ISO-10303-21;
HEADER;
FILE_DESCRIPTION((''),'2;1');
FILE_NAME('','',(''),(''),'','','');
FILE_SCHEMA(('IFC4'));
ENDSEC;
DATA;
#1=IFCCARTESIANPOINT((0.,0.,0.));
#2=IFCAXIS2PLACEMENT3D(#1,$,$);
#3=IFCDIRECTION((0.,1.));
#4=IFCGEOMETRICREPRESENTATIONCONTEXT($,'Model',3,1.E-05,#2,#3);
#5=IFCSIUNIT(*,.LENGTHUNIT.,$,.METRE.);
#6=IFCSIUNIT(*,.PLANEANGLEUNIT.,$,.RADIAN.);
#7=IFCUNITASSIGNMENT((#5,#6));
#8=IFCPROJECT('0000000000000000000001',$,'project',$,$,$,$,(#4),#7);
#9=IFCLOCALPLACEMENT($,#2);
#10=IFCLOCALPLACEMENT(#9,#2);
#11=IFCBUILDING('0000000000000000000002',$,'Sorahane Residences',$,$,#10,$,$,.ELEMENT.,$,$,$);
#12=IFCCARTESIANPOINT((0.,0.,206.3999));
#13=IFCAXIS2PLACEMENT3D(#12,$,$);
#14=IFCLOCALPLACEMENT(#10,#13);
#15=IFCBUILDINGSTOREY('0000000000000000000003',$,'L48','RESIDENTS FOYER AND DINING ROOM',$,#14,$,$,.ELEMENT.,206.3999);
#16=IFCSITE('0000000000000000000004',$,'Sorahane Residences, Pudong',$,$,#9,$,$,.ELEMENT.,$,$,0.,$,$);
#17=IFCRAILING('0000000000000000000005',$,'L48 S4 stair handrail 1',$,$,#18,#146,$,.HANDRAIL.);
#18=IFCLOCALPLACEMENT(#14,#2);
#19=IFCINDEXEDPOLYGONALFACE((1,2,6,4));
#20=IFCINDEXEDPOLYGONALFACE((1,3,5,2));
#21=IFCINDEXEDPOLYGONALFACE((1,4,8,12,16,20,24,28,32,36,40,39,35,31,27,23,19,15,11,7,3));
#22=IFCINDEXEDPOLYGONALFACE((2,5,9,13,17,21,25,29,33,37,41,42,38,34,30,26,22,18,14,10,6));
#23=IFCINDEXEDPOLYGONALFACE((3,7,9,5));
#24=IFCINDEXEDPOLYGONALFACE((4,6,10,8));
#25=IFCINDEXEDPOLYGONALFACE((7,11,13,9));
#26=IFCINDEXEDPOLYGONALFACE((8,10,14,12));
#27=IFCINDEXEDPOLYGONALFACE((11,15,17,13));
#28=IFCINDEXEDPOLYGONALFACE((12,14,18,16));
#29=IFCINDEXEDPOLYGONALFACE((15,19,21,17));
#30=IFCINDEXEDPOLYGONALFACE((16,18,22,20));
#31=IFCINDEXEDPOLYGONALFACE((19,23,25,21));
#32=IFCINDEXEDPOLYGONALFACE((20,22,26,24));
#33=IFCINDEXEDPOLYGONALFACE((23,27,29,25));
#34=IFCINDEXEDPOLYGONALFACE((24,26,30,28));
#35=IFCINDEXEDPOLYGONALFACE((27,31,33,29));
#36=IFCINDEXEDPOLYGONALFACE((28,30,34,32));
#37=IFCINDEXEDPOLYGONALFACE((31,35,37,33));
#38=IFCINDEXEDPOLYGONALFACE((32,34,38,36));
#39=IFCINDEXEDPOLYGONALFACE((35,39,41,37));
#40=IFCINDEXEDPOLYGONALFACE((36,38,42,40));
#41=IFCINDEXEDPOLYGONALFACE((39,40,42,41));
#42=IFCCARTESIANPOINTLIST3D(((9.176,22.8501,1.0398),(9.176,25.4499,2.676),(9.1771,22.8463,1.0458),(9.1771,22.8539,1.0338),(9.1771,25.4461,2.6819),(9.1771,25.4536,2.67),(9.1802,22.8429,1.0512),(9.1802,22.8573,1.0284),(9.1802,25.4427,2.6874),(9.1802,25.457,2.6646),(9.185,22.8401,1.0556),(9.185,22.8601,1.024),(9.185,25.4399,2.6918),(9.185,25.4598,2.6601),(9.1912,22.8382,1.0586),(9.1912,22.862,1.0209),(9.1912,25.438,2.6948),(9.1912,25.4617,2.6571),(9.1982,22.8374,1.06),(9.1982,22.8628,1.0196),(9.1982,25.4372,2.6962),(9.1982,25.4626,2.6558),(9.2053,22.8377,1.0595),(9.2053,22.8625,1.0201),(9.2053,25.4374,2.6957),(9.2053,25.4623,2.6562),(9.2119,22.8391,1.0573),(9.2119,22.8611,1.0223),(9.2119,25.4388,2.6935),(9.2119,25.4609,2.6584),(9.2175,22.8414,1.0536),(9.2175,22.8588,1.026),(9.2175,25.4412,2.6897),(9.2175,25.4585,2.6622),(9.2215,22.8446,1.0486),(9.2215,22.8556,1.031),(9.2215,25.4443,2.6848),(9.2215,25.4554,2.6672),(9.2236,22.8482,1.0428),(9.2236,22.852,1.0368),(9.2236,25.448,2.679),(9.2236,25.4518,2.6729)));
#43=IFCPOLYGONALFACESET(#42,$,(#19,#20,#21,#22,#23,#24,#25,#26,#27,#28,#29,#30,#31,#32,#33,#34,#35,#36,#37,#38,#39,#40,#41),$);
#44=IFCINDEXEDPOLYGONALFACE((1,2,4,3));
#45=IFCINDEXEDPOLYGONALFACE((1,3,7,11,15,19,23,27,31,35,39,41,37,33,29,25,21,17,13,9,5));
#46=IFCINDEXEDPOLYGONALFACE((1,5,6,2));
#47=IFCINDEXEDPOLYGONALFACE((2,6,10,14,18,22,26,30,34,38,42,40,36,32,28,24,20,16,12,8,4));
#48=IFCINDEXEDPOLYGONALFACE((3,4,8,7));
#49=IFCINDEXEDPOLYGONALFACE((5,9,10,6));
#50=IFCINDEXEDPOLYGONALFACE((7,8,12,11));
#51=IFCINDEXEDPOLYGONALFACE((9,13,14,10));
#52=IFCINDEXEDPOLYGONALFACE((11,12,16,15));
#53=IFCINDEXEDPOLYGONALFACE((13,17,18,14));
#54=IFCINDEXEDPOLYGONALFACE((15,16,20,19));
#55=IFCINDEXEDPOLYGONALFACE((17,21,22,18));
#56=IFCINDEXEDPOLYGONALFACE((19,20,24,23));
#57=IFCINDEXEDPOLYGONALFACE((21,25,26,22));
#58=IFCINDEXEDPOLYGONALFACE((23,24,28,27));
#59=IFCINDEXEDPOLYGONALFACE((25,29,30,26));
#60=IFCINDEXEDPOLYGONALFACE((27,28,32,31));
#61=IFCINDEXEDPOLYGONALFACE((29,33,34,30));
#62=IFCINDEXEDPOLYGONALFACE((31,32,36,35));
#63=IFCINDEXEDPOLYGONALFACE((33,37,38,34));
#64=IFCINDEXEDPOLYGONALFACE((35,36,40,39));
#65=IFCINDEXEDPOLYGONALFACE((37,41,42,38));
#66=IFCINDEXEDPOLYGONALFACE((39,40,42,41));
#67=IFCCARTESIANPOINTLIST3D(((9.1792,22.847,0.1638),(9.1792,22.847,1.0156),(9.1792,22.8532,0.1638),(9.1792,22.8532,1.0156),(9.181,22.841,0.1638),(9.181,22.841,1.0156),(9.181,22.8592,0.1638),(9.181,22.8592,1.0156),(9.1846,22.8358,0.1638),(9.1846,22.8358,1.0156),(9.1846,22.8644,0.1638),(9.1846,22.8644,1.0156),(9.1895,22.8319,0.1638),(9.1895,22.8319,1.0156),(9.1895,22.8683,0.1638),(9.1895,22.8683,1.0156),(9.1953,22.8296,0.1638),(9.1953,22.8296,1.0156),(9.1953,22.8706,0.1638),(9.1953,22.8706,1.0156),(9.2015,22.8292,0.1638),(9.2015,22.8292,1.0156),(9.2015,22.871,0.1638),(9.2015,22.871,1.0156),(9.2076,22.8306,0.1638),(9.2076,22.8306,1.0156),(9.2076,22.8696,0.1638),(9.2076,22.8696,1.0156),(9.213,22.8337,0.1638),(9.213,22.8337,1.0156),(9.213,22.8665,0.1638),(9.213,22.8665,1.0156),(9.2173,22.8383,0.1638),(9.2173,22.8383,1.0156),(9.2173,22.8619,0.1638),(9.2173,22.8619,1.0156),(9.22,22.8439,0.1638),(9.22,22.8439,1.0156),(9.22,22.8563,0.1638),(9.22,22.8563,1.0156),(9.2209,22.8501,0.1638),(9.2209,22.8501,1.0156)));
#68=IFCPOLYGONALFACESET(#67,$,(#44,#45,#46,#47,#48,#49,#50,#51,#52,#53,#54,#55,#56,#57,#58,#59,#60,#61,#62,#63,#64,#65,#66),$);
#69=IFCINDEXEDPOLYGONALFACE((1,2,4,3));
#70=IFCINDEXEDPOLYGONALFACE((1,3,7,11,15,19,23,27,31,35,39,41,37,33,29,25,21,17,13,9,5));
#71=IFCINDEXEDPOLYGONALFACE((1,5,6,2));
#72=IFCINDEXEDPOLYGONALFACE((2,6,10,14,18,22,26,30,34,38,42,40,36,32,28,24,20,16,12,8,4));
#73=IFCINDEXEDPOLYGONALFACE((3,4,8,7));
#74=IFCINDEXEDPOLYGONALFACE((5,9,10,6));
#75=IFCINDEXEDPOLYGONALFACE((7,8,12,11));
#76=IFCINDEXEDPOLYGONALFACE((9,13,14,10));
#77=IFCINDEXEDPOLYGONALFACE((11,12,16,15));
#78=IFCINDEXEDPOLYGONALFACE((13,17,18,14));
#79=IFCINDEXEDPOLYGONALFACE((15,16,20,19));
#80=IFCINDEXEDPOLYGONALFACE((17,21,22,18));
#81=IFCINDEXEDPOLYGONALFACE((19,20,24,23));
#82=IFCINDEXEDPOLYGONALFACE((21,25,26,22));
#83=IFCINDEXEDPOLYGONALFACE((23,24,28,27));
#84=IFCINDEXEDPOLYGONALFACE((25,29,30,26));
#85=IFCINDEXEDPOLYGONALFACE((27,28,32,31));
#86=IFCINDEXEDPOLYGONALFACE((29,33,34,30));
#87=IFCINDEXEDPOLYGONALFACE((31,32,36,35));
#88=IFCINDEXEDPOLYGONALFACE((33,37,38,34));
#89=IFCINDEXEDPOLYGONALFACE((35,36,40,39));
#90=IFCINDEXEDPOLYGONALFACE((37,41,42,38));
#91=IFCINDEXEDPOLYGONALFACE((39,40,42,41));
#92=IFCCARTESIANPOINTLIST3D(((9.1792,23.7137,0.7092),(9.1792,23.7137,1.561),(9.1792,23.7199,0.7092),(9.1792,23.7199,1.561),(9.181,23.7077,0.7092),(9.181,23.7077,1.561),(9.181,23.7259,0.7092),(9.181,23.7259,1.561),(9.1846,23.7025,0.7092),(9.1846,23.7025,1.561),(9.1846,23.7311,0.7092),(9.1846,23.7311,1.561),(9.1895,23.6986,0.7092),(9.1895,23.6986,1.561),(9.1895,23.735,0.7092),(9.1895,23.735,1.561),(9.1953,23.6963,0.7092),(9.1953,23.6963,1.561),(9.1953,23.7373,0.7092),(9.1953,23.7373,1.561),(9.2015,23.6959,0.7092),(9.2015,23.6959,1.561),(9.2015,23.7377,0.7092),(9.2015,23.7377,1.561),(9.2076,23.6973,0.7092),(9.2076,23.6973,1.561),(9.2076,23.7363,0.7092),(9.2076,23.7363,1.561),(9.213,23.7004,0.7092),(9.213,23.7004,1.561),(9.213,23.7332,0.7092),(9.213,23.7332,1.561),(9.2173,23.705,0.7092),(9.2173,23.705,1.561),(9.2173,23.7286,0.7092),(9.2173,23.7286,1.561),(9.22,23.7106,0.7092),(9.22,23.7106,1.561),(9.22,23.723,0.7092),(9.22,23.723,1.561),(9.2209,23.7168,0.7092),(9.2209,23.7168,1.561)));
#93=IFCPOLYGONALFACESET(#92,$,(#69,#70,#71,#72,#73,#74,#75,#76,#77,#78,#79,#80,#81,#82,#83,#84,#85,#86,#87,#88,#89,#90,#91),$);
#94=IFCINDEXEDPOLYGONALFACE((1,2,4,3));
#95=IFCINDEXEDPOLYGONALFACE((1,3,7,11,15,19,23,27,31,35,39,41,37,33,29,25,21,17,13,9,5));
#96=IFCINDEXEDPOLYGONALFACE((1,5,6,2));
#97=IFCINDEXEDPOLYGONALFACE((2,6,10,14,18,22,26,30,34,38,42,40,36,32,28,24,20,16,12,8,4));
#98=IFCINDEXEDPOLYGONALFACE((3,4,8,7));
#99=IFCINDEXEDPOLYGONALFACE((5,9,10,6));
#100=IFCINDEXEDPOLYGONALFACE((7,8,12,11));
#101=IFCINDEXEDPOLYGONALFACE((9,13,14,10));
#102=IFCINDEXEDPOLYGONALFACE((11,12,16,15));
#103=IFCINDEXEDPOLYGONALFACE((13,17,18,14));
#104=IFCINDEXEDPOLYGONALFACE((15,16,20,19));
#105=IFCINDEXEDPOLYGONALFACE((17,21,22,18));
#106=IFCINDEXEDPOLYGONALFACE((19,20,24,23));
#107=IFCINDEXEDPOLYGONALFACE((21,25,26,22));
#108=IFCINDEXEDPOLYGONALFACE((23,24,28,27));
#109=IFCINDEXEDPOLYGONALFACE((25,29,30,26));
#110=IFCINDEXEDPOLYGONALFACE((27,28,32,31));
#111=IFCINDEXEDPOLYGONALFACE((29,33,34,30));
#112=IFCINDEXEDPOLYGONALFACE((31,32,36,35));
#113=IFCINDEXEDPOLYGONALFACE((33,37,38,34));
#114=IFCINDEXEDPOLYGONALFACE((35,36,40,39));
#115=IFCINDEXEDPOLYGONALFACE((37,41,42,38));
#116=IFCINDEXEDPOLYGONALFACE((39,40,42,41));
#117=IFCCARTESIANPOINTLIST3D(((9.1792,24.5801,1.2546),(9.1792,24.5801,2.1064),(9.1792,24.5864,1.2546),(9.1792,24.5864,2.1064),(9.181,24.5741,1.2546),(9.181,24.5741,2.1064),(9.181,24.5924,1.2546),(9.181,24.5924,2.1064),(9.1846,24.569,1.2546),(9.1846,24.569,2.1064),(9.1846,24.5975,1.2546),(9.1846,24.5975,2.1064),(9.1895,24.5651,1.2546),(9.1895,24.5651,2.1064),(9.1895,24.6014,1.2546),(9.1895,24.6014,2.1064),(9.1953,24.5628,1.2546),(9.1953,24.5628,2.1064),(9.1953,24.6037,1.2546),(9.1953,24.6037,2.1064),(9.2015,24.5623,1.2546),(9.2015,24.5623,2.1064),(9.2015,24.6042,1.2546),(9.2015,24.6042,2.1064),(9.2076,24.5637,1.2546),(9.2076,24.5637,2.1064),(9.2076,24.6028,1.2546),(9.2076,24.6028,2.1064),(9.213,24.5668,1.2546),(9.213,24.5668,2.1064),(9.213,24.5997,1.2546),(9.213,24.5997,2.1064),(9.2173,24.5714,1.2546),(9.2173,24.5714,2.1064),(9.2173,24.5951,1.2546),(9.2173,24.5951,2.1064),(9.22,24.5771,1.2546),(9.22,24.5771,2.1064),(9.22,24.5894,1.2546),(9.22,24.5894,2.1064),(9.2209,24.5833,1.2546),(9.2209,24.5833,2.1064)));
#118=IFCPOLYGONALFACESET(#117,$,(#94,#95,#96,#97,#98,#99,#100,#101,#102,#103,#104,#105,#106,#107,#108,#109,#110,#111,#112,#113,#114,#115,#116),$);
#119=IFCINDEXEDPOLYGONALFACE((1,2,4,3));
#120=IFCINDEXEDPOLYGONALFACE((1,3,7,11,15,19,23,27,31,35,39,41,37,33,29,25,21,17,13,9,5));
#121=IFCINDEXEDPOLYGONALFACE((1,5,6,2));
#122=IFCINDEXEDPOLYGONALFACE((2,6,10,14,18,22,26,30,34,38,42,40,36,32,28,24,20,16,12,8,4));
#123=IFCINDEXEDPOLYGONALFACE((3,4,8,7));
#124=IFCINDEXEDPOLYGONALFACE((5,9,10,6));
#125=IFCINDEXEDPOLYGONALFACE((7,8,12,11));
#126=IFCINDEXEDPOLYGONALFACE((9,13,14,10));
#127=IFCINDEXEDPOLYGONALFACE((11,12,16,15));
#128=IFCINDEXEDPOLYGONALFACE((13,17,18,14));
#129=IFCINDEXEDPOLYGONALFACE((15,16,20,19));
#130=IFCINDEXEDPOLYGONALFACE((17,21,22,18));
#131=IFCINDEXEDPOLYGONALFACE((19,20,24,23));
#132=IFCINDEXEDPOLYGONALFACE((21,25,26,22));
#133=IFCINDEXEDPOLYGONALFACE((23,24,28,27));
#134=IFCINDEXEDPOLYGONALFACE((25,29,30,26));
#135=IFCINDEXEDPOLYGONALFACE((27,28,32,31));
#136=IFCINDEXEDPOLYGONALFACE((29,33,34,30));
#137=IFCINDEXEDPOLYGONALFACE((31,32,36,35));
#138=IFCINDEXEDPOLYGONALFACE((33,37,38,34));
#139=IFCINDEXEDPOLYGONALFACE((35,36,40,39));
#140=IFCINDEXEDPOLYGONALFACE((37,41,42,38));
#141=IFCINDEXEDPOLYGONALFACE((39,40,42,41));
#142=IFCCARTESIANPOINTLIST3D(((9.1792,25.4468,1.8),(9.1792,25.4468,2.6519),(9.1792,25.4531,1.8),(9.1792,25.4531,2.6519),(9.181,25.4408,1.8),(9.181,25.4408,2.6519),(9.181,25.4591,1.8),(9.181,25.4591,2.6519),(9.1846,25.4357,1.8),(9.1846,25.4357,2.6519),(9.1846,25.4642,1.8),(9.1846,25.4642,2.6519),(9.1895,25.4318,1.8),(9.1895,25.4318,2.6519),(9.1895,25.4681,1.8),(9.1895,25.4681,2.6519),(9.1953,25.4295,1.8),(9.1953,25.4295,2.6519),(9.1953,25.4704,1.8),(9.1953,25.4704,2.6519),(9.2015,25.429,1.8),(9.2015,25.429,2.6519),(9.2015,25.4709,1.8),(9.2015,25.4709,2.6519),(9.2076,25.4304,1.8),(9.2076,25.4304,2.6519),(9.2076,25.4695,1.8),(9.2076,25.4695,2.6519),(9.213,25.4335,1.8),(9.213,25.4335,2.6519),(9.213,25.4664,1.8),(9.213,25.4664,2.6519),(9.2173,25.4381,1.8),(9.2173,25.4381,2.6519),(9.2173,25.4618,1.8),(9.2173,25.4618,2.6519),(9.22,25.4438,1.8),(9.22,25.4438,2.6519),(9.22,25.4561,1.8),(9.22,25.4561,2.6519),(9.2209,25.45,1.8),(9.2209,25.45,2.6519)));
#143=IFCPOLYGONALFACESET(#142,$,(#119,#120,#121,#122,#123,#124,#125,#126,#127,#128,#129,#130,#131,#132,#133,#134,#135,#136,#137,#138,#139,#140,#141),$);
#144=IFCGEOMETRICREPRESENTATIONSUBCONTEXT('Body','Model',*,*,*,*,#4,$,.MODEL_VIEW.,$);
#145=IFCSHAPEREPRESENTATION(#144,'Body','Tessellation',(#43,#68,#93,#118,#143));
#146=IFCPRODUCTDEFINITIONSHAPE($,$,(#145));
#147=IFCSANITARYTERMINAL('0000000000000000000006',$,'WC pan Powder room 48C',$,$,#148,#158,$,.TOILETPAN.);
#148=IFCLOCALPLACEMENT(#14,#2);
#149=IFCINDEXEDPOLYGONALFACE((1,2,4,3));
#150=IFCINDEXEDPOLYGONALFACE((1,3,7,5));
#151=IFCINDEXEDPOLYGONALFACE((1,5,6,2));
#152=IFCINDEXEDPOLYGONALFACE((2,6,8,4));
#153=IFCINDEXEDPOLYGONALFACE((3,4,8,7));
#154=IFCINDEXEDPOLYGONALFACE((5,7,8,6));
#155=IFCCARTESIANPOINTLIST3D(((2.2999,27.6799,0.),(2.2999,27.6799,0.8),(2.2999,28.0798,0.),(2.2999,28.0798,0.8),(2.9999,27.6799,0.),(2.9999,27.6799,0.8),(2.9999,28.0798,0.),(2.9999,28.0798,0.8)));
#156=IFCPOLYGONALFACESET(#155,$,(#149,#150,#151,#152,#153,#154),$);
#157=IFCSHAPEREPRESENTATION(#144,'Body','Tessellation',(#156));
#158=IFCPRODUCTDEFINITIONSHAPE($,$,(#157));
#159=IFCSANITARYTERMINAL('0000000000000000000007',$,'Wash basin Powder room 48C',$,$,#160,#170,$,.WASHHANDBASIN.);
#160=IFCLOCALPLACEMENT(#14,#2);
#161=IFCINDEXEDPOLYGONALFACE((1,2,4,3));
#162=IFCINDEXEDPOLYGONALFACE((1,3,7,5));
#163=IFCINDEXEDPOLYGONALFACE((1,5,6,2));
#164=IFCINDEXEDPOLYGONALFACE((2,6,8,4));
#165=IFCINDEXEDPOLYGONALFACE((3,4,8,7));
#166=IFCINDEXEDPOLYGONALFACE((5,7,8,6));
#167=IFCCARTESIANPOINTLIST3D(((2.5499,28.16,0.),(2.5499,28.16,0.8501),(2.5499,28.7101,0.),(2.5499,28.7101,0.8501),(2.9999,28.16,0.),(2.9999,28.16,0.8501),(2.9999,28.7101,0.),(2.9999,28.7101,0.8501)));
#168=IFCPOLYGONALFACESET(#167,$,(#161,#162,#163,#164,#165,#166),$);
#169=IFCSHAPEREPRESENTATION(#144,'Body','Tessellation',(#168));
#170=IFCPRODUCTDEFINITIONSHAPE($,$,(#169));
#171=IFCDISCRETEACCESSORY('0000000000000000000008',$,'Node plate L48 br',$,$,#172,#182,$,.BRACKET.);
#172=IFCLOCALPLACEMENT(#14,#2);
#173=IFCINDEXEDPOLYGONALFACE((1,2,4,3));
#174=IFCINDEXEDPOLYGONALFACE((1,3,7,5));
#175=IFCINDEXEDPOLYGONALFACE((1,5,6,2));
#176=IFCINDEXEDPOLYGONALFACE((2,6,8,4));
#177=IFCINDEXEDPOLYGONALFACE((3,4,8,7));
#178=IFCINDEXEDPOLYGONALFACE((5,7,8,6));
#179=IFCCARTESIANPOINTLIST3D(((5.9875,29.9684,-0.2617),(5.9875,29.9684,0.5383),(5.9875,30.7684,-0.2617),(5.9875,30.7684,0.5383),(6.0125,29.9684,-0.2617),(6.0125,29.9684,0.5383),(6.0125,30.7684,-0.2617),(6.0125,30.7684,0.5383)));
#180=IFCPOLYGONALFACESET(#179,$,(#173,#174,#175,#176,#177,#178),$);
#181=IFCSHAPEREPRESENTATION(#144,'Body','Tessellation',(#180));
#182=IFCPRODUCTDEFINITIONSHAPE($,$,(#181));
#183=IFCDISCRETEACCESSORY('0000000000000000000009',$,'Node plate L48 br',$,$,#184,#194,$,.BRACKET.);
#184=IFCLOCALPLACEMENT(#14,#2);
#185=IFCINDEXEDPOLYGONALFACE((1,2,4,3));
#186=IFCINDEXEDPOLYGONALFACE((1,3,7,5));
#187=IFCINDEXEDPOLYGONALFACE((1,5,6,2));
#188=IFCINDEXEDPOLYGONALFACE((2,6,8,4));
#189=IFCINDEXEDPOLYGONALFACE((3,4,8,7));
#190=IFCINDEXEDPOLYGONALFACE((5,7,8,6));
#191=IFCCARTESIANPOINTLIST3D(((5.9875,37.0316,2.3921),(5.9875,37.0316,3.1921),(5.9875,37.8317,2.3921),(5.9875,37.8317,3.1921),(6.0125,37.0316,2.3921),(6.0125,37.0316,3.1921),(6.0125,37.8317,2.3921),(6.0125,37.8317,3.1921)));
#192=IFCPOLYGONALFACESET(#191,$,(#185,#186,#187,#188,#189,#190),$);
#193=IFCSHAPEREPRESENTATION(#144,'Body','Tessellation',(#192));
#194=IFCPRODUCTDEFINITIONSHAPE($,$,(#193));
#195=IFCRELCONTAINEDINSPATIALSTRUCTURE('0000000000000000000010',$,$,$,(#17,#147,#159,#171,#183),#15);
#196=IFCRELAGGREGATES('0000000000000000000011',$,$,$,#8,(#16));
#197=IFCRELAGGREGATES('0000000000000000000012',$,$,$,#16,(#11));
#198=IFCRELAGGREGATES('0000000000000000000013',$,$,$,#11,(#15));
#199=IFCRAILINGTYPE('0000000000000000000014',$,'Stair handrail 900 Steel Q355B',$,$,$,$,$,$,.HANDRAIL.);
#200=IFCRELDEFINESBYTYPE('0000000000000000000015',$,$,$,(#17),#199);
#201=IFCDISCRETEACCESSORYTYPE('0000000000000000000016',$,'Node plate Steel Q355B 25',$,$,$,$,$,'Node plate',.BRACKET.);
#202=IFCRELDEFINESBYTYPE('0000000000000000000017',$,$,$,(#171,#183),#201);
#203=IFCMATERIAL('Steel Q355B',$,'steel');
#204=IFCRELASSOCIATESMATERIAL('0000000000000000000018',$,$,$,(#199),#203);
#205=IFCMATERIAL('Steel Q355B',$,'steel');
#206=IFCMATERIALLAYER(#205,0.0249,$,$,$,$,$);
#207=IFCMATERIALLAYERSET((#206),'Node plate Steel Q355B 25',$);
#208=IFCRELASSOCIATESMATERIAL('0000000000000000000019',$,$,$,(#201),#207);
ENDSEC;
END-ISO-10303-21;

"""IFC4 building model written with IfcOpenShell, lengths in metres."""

from ifc_helpers import new_model, si_unit, direction, frame, origin, origin_2d, place, context, subcontext, project, spatial, rectangle, circle, extrude, material, layer, layer_set, type_object, element, save


model = new_model("IFC4")

# Units and contexts
model_context = context("Model", 3, precision=1e-05, world=origin(), true_north=direction((0.0, 1.0)))
body_context = subcontext(model_context, "Body", "Model", "MODEL_VIEW")
ifc_project = project(units=[si_unit("LENGTHUNIT", "METRE"), si_unit("PLANEANGLEUNIT", "RADIAN")], contexts=[model_context])

# Site, building, storey
site_placement = place(None, origin())
site = spatial("IfcSite", under=ifc_project, at=site_placement, Name="Sorahane Residences, Pudong", CompositionType="ELEMENT", RefElevation=0.0)
building_placement = place(site_placement, origin())
building = spatial("IfcBuilding", under=site, at=building_placement, Name="Sorahane Residences", CompositionType="ELEMENT")
storey_placement = place(building_placement, frame((0.0, 0.0, 206.3999)))
storey = spatial("IfcBuildingStorey", under=building, at=storey_placement, Name="L48", Description="RESIDENTS FOYER AND DINING ROOM", CompositionType="ELEMENT", Elevation=206.3999)

# Railing
ifc_material_1 = material(Name="Steel Q355B", Category="steel")
railing_type = type_object("IfcRailingType", Name="Stair handrail 900 Steel Q355B", PredefinedType="HANDRAIL", material=ifc_material_1)
railing_placement = place(storey_placement, frame((9.2, 22.8501, 0.1638)))
element("IfcRailing", 1, at=railing_placement, inside=storey, type_object=railing_type, Name="L48 S4 stair handrail 1", PredefinedType="HANDRAIL", context=body_context, shape_type="SweptSolid", body=[
    extrude(circle(Radius=0.0239, at=origin_2d()), frame((0.0, 0.0, 0.876), z_axis=(0.0, 0.846338, 0.532647), x_axis=(-1.0, 0.0, 0.0)), (0.0, 0.0, 1.0), 3.0718),
    extrude(circle(Radius=0.021, at=origin_2d()), origin(), (0.0, 0.0, 1.0), 0.8518),
    extrude(circle(Radius=0.021, at=origin_2d()), frame((0.0, 0.8667, 0.5454)), (0.0, 0.0, 1.0), 0.8518),
    extrude(circle(Radius=0.021, at=origin_2d()), frame((0.0, 1.7332, 1.0908)), (0.0, 0.0, 1.0), 0.8518),
    extrude(circle(Radius=0.021, at=origin_2d()), frame((0.0, 2.5999, 1.6362)), (0.0, 0.0, 1.0), 0.8518),
])

# Sanitary terminals
sanitary_terminal_1_placement = place(storey_placement, frame((2.6499, 27.8799, 0.0), z_axis=(0.0, 0.0, 1.0), x_axis=(0.0, -1.0, 0.0)))
element("IfcSanitaryTerminal", 2, at=sanitary_terminal_1_placement, inside=storey, Name="WC pan Powder room 48C", PredefinedType="TOILETPAN", context=body_context, shape_type="SweptSolid", body=[
    extrude(rectangle(XDim=0.3999, YDim=0.7, at=origin_2d()), origin(), (0.0, 0.0, 1.0), 0.8),
])
sanitary_terminal_2_placement = place(storey_placement, frame((2.7749, 28.4351, 0.0), z_axis=(0.0, 0.0, 1.0), x_axis=(0.0, -1.0, 0.0)))
element("IfcSanitaryTerminal", 3, at=sanitary_terminal_2_placement, inside=storey, Name="Wash basin Powder room 48C", PredefinedType="WASHHANDBASIN", context=body_context, shape_type="SweptSolid", body=[
    extrude(rectangle(XDim=0.55, YDim=0.45, at=origin_2d()), origin(), (0.0, 0.0, 1.0), 0.8501),
])

# Discrete accessories
ifc_material_2 = material(Name="Steel Q355B", Category="steel")
ifc_layer_1 = layer(ifc_material_2, 0.0249)
ifc_layer_set_1 = layer_set([ifc_layer_1], Name="Node plate Steel Q355B 25")
discrete_accessory_type = type_object("IfcDiscreteAccessoryType", Name="Node plate Steel Q355B 25", ElementType="Node plate", PredefinedType="BRACKET", material=ifc_layer_set_1)
for number, where, z_axis, x_axis, name in (
    (4, (6.0, 30.3684, -0.2617), (0.0, 0.0, 1.0), (0.0, 1.0, 0.0), "Node plate L48 br"),
    (5, (6.0, 37.4316, 2.3921), (0.0, 0.0, 1.0), (0.0, 1.0, 0.0), "Node plate L48 br"),
):
    element("IfcDiscreteAccessory", number, at=place(storey_placement, frame(where, z_axis=z_axis, x_axis=x_axis)), inside=storey, type_object=discrete_accessory_type, Name=name, PredefinedType="BRACKET", context=body_context, shape_type="SweptSolid", body=[
        extrude(rectangle(XDim=0.8, YDim=0.0249, at=origin_2d()), origin(), (0.0, 0.0, 1.0), 0.8),
    ])

save(model, "model.ifc")
